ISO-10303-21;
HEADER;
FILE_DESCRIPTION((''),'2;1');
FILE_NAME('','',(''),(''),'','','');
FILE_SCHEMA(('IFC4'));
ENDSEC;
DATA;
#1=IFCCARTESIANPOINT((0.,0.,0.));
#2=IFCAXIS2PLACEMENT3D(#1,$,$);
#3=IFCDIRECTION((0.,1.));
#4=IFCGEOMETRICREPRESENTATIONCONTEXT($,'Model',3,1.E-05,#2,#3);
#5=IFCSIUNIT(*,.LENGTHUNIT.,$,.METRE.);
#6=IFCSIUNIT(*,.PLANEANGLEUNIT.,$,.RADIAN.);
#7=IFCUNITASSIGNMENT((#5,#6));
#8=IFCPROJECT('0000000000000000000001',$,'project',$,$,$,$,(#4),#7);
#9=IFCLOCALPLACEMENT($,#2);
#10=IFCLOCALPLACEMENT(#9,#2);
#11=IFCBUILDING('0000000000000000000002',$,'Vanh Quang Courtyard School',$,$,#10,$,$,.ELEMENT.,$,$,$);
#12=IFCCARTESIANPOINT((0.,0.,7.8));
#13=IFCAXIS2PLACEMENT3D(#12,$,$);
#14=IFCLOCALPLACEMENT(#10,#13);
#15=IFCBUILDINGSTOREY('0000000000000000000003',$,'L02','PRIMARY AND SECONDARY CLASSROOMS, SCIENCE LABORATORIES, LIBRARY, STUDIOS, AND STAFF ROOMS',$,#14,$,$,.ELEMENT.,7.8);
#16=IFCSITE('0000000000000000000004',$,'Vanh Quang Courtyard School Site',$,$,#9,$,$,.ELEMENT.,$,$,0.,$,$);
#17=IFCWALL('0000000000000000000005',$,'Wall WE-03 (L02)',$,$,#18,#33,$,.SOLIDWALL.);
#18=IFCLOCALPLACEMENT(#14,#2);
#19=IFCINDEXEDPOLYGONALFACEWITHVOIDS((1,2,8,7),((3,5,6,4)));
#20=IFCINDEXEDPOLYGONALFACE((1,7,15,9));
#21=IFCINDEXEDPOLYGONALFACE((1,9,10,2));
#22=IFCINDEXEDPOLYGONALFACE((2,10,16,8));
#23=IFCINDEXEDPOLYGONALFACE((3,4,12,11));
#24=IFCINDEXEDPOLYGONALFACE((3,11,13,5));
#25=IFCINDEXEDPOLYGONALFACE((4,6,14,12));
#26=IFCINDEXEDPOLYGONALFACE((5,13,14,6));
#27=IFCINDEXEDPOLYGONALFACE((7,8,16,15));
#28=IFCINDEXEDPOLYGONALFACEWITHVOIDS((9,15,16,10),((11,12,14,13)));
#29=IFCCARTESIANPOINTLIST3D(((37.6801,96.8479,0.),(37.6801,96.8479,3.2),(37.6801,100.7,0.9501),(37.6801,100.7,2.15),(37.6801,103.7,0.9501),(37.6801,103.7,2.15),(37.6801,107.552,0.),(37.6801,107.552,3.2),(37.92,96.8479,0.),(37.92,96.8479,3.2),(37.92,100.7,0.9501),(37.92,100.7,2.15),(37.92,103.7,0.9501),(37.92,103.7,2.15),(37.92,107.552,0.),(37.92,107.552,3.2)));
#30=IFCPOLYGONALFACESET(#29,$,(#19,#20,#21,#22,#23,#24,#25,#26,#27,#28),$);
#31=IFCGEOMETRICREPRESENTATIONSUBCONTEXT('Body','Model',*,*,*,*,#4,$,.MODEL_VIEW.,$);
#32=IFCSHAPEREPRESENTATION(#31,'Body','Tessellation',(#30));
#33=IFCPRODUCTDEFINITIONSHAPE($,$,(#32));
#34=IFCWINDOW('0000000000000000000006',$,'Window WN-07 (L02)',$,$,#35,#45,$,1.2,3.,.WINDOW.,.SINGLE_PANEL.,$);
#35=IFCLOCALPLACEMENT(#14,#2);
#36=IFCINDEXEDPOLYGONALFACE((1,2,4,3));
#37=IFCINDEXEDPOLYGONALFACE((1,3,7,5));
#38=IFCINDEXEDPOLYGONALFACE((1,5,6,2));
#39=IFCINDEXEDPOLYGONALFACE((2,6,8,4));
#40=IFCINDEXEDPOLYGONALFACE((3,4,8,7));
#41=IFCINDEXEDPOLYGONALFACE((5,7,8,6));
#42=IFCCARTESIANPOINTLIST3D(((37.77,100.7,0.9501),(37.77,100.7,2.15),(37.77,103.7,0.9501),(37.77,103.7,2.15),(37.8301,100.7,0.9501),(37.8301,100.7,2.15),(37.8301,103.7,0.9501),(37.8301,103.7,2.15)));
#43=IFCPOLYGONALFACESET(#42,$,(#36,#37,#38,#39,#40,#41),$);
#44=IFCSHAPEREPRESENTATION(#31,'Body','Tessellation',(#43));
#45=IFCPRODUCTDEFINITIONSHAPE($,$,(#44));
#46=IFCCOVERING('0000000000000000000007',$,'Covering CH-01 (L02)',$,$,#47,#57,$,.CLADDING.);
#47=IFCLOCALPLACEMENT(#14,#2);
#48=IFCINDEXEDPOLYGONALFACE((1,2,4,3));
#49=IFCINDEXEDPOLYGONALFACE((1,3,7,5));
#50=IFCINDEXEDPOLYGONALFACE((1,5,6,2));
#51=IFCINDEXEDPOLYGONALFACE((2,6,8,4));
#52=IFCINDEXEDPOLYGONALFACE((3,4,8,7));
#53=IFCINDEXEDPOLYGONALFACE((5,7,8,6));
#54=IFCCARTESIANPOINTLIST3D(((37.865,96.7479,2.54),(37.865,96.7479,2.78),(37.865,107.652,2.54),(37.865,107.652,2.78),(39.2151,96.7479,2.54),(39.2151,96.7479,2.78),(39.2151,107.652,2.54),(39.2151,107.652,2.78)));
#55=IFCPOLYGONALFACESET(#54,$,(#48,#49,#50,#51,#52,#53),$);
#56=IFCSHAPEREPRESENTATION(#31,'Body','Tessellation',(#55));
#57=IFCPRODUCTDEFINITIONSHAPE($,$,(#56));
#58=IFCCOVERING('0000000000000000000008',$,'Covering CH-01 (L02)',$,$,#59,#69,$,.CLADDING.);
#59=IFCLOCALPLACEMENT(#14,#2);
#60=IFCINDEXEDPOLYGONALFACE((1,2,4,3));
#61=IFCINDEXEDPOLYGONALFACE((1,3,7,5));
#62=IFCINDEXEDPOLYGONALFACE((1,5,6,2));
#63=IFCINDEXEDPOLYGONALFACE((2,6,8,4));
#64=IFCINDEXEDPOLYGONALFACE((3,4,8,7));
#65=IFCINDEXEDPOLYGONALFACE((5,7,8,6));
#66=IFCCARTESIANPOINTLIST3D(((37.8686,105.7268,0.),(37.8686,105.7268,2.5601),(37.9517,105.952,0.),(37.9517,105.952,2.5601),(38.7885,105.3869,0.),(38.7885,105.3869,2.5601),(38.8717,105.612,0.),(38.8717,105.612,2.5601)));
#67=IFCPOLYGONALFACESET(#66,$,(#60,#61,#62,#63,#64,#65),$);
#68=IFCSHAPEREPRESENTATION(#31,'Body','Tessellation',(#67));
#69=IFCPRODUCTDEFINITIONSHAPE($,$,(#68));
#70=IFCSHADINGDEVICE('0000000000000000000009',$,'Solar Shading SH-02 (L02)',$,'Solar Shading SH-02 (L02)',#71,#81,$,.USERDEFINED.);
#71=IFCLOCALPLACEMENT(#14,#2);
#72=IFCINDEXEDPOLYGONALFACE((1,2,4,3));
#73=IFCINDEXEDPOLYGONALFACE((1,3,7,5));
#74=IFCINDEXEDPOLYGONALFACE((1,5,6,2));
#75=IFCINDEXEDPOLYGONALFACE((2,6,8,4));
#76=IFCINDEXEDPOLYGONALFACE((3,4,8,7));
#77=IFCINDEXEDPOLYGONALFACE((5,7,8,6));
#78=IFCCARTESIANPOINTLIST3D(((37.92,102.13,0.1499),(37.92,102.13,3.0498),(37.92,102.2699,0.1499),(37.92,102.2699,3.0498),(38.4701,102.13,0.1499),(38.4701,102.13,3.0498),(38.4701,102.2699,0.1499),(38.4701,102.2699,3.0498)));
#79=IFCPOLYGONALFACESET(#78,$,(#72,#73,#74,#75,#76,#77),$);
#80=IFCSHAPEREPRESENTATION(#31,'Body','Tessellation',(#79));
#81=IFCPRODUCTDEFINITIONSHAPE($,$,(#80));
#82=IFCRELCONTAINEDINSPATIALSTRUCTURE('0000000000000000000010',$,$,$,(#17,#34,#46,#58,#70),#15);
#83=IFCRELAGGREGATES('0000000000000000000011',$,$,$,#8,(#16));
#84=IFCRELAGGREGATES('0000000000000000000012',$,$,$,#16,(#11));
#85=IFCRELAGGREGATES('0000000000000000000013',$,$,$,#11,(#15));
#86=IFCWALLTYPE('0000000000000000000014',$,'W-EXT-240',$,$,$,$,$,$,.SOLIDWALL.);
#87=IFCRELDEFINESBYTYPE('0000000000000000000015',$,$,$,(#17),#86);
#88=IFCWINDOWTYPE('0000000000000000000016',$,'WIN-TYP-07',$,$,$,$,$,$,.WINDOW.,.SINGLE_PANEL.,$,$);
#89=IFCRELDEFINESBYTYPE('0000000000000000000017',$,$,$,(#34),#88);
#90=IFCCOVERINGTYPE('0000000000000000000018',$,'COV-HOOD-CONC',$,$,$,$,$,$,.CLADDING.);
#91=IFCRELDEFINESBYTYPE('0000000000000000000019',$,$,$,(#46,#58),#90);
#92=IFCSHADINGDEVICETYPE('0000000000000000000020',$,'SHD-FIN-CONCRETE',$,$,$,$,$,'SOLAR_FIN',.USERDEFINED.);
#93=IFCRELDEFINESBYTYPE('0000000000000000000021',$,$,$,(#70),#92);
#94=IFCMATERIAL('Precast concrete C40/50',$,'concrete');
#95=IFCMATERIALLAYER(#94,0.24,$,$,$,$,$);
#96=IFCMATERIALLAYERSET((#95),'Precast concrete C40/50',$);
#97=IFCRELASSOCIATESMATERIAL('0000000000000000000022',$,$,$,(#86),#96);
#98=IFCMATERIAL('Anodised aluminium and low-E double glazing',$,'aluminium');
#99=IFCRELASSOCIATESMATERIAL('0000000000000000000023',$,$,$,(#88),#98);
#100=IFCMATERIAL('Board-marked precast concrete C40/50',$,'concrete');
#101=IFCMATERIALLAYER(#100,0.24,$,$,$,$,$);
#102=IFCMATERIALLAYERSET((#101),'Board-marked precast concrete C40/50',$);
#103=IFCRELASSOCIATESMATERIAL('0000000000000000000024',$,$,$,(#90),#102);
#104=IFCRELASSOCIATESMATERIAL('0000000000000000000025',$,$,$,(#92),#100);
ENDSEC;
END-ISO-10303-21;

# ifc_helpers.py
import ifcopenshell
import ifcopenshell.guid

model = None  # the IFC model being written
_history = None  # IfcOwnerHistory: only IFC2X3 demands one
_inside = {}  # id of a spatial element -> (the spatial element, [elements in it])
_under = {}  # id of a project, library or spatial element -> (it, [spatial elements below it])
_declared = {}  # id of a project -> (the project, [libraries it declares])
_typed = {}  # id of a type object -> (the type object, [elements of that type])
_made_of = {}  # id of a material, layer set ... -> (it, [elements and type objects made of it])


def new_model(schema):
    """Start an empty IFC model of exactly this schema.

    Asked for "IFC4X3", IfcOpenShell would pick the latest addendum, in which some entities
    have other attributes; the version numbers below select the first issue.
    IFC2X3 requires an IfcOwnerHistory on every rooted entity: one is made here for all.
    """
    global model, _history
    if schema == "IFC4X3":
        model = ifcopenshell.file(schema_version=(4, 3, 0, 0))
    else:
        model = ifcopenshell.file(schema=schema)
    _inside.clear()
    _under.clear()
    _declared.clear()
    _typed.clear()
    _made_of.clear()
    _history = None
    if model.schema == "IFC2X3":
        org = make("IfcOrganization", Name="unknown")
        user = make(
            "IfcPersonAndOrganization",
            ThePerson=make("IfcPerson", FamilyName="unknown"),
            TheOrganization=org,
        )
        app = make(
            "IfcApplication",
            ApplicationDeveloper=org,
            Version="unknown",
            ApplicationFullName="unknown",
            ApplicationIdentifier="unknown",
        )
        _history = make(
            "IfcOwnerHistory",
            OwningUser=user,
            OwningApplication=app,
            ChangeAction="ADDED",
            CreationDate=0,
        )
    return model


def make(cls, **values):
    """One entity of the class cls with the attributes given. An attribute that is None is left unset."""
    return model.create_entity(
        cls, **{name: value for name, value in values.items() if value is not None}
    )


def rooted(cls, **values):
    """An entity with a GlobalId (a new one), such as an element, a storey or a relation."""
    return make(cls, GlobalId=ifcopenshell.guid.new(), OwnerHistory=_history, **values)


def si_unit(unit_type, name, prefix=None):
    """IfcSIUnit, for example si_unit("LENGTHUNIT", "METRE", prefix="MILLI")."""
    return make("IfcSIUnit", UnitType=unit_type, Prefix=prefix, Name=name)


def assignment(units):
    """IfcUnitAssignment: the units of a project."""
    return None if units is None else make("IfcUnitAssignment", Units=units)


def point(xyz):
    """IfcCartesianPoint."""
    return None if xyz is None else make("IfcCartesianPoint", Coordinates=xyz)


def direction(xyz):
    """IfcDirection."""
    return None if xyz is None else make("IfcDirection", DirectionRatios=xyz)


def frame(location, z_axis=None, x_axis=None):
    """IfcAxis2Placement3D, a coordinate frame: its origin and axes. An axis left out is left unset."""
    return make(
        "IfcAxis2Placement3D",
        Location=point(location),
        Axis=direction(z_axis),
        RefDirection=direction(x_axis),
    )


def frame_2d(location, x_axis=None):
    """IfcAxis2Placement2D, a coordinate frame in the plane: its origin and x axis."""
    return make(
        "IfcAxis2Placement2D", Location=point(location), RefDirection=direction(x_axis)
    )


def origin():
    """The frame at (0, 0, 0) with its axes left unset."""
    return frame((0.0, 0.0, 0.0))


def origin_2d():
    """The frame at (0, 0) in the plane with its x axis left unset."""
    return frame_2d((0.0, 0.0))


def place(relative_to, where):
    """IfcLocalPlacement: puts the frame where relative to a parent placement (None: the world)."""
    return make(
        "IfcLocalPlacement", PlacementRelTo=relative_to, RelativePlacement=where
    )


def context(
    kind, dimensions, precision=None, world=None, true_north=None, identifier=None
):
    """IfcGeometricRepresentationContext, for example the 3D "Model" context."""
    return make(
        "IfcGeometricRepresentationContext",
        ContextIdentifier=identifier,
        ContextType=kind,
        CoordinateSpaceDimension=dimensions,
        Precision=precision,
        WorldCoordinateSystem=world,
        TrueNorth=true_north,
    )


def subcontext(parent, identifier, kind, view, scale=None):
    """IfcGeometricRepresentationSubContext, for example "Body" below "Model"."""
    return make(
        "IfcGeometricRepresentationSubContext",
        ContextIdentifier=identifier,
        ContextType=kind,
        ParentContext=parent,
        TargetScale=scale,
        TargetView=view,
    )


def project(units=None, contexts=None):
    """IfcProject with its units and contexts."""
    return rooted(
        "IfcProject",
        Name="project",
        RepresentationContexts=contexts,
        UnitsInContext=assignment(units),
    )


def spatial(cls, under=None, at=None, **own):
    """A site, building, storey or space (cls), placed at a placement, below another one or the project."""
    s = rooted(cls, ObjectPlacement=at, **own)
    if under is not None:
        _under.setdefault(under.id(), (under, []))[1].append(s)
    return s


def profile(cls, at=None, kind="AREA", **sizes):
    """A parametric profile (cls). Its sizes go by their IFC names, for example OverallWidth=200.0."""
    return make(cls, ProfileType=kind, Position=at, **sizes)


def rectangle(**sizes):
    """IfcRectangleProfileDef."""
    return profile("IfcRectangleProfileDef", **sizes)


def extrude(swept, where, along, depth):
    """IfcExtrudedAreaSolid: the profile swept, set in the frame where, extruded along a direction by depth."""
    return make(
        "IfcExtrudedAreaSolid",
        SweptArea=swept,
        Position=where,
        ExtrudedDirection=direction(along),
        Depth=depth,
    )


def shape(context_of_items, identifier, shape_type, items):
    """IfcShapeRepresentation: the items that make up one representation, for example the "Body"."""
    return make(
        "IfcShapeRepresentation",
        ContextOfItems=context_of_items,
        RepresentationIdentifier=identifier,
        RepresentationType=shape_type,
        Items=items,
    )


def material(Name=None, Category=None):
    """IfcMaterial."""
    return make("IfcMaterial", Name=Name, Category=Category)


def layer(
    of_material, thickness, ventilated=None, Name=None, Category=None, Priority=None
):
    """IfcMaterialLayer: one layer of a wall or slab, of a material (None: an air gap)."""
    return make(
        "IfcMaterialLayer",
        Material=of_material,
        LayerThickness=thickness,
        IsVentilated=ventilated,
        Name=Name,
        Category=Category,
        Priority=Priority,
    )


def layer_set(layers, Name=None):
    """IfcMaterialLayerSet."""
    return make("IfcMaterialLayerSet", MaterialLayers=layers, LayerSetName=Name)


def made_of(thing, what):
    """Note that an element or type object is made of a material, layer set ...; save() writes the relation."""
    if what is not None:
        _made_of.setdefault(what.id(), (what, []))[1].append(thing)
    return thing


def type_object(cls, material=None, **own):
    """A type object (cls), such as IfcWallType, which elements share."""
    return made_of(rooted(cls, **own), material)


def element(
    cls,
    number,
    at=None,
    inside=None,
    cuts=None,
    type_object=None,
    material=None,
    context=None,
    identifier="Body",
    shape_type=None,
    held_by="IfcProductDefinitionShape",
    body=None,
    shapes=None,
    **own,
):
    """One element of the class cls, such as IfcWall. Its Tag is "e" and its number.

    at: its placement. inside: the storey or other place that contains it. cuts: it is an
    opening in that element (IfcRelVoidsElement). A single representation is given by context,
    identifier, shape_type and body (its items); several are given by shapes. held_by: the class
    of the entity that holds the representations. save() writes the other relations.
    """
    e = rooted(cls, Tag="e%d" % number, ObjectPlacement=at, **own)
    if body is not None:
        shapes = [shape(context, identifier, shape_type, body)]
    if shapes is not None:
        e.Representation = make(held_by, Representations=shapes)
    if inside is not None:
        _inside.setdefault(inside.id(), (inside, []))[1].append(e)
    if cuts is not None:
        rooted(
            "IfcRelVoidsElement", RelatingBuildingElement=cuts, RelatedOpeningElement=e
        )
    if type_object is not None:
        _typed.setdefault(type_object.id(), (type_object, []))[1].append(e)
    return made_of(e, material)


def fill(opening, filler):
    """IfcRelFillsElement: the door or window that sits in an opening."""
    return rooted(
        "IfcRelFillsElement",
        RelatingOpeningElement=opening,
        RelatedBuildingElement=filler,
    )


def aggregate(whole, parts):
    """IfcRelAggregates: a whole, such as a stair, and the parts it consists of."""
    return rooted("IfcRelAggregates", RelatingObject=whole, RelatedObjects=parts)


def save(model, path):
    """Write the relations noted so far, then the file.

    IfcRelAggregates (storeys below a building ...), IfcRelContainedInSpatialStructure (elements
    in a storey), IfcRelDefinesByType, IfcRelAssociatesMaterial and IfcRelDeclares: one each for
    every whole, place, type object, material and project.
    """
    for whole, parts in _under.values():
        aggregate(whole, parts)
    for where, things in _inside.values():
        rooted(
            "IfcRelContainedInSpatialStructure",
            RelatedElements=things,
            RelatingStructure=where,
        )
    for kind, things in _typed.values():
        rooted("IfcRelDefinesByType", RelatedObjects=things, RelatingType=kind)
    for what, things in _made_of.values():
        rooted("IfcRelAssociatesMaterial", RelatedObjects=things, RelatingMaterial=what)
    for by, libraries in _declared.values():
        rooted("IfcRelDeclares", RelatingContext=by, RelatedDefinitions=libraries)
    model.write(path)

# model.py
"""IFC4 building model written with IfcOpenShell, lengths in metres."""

from ifc_helpers import new_model, si_unit, direction, frame, frame_2d, origin, origin_2d, place, context, subcontext, project, spatial, rectangle, extrude, material, layer, layer_set, type_object, element, fill, save


model = new_model("IFC4")

# Units and contexts
model_context = context("Model", 3, precision=1e-05, world=origin(), true_north=direction((0.0, 1.0)))
body_context = subcontext(model_context, "Body", "Model", "MODEL_VIEW")
ifc_project = project(units=[si_unit("LENGTHUNIT", "METRE"), si_unit("PLANEANGLEUNIT", "RADIAN")], contexts=[model_context])

# Site, building, storey
site_placement = place(None, origin())
site = spatial("IfcSite", under=ifc_project, at=site_placement, Name="Vanh Quang Courtyard School Site", CompositionType="ELEMENT", RefElevation=0.0)
building_placement = place(site_placement, origin())
building = spatial("IfcBuilding", under=site, at=building_placement, Name="Vanh Quang Courtyard School", CompositionType="ELEMENT")
storey_placement = place(building_placement, frame((0.0, 0.0, 7.8)))
storey = spatial("IfcBuildingStorey", under=building, at=storey_placement, Name="L02", Description="PRIMARY AND SECONDARY CLASSROOMS, SCIENCE LABORATORIES, LIBRARY, STUDIOS, AND STAFF ROOMS", CompositionType="ELEMENT", Elevation=7.8)

# Wall, opening, window
ifc_material_1 = material(Name="Precast concrete C40/50", Category="concrete")
ifc_layer_1 = layer(ifc_material_1, 0.24)
ifc_layer_set_1 = layer_set([ifc_layer_1], Name="Precast concrete C40/50")
wall_type = type_object("IfcWallType", Name="W-EXT-240", PredefinedType="SOLIDWALL", material=ifc_layer_set_1)
wall_placement = place(storey_placement, frame((37.8, 107.552, 0.0), z_axis=(0.0, 0.0, 1.0), x_axis=(0.0, -1.0, 0.0)))
wall = element("IfcWall", 1, at=wall_placement, inside=storey, type_object=wall_type, Name="Wall WE-03 (L02)", PredefinedType="SOLIDWALL", context=body_context, shape_type="SweptSolid", body=[
    extrude(rectangle(XDim=10.7041, YDim=0.24, at=frame_2d((5.3521, 0.0))), origin(), (0.0, 0.0, 1.0), 3.2),
])
opening_placement = place(wall_placement, frame((3.8521, 0.0, 0.95)))
opening = element("IfcOpeningElement", 2, at=opening_placement, cuts=wall, PredefinedType="OPENING", context=body_context, shape_type="SweptSolid", body=[
    extrude(rectangle(XDim=3.0, YDim=1.2, at=frame_2d((1.5, 0.6001))), frame((0.0, 0.1299, 0.0), z_axis=(0.0, -1.0, 0.0), x_axis=(1.0, 0.0, 0.0)), (0.0, 0.0, 1.0), 0.26),
])
ifc_material_2 = material(Name="Anodised aluminium and low-E double glazing", Category="aluminium")
window_type = type_object("IfcWindowType", Name="WIN-TYP-07", PartitioningType="SINGLE_PANEL", PredefinedType="WINDOW", material=ifc_material_2)
window_placement = place(opening_placement, origin())
window = element("IfcWindow", 3, at=window_placement, inside=storey, type_object=window_type, Name="Window WN-07 (L02)", OverallHeight=1.2, OverallWidth=3.0, PartitioningType="SINGLE_PANEL", PredefinedType="WINDOW", context=body_context, shape_type="SweptSolid", body=[
    extrude(rectangle(XDim=3.0, YDim=1.2, at=frame_2d((1.5, 0.6001))), frame((0.0, 0.03, 0.0), z_axis=(0.0, -1.0, 0.0), x_axis=(1.0, 0.0, 0.0)), (0.0, 0.0, 1.0), 0.0601),
])
fill(opening, window)

# Coverings
ifc_material_3 = material(Name="Board-marked precast concrete C40/50", Category="concrete")
ifc_layer_2 = layer(ifc_material_3, 0.24)
ifc_layer_set_2 = layer_set([ifc_layer_2], Name="Board-marked precast concrete C40/50")
covering_type = type_object("IfcCoveringType", Name="COV-HOOD-CONC", PredefinedType="CLADDING", material=ifc_layer_set_2)
covering_1_placement = place(storey_placement, frame((38.54, 102.2, 2.54), z_axis=(0.0, 0.0, 1.0), x_axis=(0.0, -1.0, 0.0)))
element("IfcCovering", 4, at=covering_1_placement, inside=storey, type_object=covering_type, Name="Covering CH-01 (L02)", PredefinedType="CLADDING", context=body_context, shape_type="SweptSolid", body=[
    extrude(rectangle(XDim=10.9041, YDim=1.3501, at=origin_2d()), origin(), (0.0, 0.0, 1.0), 0.24),
])
covering_2_placement = place(storey_placement, frame((38.3701, 105.6694, 0.0), z_axis=(0.0, 0.0, 1.0), x_axis=(0.93801, -0.346608, 0.0)))
element("IfcCovering", 5, at=covering_2_placement, inside=storey, type_object=covering_type, Name="Covering CH-01 (L02)", PredefinedType="CLADDING", context=body_context, shape_type="SweptSolid", body=[
    extrude(rectangle(XDim=0.9807, YDim=0.24, at=origin_2d()), origin(), (0.0, 0.0, 1.0), 2.5601),
])

# Shading device
shading_device_type = type_object("IfcShadingDeviceType", Name="SHD-FIN-CONCRETE", ElementType="SOLAR_FIN", PredefinedType="USERDEFINED", material=ifc_material_3)
shading_device_placement = place(storey_placement, frame((38.1951, 102.2, 0.1499), z_axis=(0.0, 0.0, 1.0), x_axis=(0.0, -1.0, 0.0)))
element("IfcShadingDevice", 6, at=shading_device_placement, inside=storey, type_object=shading_device_type, Name="Solar Shading SH-02 (L02)", ObjectType="Solar Shading SH-02 (L02)", PredefinedType="USERDEFINED", context=body_context, shape_type="SweptSolid", body=[
    extrude(rectangle(XDim=0.1399, YDim=0.55, at=origin_2d()), origin(), (0.0, 0.0, 1.0), 2.8999),
])

save(model, "model.ifc")
